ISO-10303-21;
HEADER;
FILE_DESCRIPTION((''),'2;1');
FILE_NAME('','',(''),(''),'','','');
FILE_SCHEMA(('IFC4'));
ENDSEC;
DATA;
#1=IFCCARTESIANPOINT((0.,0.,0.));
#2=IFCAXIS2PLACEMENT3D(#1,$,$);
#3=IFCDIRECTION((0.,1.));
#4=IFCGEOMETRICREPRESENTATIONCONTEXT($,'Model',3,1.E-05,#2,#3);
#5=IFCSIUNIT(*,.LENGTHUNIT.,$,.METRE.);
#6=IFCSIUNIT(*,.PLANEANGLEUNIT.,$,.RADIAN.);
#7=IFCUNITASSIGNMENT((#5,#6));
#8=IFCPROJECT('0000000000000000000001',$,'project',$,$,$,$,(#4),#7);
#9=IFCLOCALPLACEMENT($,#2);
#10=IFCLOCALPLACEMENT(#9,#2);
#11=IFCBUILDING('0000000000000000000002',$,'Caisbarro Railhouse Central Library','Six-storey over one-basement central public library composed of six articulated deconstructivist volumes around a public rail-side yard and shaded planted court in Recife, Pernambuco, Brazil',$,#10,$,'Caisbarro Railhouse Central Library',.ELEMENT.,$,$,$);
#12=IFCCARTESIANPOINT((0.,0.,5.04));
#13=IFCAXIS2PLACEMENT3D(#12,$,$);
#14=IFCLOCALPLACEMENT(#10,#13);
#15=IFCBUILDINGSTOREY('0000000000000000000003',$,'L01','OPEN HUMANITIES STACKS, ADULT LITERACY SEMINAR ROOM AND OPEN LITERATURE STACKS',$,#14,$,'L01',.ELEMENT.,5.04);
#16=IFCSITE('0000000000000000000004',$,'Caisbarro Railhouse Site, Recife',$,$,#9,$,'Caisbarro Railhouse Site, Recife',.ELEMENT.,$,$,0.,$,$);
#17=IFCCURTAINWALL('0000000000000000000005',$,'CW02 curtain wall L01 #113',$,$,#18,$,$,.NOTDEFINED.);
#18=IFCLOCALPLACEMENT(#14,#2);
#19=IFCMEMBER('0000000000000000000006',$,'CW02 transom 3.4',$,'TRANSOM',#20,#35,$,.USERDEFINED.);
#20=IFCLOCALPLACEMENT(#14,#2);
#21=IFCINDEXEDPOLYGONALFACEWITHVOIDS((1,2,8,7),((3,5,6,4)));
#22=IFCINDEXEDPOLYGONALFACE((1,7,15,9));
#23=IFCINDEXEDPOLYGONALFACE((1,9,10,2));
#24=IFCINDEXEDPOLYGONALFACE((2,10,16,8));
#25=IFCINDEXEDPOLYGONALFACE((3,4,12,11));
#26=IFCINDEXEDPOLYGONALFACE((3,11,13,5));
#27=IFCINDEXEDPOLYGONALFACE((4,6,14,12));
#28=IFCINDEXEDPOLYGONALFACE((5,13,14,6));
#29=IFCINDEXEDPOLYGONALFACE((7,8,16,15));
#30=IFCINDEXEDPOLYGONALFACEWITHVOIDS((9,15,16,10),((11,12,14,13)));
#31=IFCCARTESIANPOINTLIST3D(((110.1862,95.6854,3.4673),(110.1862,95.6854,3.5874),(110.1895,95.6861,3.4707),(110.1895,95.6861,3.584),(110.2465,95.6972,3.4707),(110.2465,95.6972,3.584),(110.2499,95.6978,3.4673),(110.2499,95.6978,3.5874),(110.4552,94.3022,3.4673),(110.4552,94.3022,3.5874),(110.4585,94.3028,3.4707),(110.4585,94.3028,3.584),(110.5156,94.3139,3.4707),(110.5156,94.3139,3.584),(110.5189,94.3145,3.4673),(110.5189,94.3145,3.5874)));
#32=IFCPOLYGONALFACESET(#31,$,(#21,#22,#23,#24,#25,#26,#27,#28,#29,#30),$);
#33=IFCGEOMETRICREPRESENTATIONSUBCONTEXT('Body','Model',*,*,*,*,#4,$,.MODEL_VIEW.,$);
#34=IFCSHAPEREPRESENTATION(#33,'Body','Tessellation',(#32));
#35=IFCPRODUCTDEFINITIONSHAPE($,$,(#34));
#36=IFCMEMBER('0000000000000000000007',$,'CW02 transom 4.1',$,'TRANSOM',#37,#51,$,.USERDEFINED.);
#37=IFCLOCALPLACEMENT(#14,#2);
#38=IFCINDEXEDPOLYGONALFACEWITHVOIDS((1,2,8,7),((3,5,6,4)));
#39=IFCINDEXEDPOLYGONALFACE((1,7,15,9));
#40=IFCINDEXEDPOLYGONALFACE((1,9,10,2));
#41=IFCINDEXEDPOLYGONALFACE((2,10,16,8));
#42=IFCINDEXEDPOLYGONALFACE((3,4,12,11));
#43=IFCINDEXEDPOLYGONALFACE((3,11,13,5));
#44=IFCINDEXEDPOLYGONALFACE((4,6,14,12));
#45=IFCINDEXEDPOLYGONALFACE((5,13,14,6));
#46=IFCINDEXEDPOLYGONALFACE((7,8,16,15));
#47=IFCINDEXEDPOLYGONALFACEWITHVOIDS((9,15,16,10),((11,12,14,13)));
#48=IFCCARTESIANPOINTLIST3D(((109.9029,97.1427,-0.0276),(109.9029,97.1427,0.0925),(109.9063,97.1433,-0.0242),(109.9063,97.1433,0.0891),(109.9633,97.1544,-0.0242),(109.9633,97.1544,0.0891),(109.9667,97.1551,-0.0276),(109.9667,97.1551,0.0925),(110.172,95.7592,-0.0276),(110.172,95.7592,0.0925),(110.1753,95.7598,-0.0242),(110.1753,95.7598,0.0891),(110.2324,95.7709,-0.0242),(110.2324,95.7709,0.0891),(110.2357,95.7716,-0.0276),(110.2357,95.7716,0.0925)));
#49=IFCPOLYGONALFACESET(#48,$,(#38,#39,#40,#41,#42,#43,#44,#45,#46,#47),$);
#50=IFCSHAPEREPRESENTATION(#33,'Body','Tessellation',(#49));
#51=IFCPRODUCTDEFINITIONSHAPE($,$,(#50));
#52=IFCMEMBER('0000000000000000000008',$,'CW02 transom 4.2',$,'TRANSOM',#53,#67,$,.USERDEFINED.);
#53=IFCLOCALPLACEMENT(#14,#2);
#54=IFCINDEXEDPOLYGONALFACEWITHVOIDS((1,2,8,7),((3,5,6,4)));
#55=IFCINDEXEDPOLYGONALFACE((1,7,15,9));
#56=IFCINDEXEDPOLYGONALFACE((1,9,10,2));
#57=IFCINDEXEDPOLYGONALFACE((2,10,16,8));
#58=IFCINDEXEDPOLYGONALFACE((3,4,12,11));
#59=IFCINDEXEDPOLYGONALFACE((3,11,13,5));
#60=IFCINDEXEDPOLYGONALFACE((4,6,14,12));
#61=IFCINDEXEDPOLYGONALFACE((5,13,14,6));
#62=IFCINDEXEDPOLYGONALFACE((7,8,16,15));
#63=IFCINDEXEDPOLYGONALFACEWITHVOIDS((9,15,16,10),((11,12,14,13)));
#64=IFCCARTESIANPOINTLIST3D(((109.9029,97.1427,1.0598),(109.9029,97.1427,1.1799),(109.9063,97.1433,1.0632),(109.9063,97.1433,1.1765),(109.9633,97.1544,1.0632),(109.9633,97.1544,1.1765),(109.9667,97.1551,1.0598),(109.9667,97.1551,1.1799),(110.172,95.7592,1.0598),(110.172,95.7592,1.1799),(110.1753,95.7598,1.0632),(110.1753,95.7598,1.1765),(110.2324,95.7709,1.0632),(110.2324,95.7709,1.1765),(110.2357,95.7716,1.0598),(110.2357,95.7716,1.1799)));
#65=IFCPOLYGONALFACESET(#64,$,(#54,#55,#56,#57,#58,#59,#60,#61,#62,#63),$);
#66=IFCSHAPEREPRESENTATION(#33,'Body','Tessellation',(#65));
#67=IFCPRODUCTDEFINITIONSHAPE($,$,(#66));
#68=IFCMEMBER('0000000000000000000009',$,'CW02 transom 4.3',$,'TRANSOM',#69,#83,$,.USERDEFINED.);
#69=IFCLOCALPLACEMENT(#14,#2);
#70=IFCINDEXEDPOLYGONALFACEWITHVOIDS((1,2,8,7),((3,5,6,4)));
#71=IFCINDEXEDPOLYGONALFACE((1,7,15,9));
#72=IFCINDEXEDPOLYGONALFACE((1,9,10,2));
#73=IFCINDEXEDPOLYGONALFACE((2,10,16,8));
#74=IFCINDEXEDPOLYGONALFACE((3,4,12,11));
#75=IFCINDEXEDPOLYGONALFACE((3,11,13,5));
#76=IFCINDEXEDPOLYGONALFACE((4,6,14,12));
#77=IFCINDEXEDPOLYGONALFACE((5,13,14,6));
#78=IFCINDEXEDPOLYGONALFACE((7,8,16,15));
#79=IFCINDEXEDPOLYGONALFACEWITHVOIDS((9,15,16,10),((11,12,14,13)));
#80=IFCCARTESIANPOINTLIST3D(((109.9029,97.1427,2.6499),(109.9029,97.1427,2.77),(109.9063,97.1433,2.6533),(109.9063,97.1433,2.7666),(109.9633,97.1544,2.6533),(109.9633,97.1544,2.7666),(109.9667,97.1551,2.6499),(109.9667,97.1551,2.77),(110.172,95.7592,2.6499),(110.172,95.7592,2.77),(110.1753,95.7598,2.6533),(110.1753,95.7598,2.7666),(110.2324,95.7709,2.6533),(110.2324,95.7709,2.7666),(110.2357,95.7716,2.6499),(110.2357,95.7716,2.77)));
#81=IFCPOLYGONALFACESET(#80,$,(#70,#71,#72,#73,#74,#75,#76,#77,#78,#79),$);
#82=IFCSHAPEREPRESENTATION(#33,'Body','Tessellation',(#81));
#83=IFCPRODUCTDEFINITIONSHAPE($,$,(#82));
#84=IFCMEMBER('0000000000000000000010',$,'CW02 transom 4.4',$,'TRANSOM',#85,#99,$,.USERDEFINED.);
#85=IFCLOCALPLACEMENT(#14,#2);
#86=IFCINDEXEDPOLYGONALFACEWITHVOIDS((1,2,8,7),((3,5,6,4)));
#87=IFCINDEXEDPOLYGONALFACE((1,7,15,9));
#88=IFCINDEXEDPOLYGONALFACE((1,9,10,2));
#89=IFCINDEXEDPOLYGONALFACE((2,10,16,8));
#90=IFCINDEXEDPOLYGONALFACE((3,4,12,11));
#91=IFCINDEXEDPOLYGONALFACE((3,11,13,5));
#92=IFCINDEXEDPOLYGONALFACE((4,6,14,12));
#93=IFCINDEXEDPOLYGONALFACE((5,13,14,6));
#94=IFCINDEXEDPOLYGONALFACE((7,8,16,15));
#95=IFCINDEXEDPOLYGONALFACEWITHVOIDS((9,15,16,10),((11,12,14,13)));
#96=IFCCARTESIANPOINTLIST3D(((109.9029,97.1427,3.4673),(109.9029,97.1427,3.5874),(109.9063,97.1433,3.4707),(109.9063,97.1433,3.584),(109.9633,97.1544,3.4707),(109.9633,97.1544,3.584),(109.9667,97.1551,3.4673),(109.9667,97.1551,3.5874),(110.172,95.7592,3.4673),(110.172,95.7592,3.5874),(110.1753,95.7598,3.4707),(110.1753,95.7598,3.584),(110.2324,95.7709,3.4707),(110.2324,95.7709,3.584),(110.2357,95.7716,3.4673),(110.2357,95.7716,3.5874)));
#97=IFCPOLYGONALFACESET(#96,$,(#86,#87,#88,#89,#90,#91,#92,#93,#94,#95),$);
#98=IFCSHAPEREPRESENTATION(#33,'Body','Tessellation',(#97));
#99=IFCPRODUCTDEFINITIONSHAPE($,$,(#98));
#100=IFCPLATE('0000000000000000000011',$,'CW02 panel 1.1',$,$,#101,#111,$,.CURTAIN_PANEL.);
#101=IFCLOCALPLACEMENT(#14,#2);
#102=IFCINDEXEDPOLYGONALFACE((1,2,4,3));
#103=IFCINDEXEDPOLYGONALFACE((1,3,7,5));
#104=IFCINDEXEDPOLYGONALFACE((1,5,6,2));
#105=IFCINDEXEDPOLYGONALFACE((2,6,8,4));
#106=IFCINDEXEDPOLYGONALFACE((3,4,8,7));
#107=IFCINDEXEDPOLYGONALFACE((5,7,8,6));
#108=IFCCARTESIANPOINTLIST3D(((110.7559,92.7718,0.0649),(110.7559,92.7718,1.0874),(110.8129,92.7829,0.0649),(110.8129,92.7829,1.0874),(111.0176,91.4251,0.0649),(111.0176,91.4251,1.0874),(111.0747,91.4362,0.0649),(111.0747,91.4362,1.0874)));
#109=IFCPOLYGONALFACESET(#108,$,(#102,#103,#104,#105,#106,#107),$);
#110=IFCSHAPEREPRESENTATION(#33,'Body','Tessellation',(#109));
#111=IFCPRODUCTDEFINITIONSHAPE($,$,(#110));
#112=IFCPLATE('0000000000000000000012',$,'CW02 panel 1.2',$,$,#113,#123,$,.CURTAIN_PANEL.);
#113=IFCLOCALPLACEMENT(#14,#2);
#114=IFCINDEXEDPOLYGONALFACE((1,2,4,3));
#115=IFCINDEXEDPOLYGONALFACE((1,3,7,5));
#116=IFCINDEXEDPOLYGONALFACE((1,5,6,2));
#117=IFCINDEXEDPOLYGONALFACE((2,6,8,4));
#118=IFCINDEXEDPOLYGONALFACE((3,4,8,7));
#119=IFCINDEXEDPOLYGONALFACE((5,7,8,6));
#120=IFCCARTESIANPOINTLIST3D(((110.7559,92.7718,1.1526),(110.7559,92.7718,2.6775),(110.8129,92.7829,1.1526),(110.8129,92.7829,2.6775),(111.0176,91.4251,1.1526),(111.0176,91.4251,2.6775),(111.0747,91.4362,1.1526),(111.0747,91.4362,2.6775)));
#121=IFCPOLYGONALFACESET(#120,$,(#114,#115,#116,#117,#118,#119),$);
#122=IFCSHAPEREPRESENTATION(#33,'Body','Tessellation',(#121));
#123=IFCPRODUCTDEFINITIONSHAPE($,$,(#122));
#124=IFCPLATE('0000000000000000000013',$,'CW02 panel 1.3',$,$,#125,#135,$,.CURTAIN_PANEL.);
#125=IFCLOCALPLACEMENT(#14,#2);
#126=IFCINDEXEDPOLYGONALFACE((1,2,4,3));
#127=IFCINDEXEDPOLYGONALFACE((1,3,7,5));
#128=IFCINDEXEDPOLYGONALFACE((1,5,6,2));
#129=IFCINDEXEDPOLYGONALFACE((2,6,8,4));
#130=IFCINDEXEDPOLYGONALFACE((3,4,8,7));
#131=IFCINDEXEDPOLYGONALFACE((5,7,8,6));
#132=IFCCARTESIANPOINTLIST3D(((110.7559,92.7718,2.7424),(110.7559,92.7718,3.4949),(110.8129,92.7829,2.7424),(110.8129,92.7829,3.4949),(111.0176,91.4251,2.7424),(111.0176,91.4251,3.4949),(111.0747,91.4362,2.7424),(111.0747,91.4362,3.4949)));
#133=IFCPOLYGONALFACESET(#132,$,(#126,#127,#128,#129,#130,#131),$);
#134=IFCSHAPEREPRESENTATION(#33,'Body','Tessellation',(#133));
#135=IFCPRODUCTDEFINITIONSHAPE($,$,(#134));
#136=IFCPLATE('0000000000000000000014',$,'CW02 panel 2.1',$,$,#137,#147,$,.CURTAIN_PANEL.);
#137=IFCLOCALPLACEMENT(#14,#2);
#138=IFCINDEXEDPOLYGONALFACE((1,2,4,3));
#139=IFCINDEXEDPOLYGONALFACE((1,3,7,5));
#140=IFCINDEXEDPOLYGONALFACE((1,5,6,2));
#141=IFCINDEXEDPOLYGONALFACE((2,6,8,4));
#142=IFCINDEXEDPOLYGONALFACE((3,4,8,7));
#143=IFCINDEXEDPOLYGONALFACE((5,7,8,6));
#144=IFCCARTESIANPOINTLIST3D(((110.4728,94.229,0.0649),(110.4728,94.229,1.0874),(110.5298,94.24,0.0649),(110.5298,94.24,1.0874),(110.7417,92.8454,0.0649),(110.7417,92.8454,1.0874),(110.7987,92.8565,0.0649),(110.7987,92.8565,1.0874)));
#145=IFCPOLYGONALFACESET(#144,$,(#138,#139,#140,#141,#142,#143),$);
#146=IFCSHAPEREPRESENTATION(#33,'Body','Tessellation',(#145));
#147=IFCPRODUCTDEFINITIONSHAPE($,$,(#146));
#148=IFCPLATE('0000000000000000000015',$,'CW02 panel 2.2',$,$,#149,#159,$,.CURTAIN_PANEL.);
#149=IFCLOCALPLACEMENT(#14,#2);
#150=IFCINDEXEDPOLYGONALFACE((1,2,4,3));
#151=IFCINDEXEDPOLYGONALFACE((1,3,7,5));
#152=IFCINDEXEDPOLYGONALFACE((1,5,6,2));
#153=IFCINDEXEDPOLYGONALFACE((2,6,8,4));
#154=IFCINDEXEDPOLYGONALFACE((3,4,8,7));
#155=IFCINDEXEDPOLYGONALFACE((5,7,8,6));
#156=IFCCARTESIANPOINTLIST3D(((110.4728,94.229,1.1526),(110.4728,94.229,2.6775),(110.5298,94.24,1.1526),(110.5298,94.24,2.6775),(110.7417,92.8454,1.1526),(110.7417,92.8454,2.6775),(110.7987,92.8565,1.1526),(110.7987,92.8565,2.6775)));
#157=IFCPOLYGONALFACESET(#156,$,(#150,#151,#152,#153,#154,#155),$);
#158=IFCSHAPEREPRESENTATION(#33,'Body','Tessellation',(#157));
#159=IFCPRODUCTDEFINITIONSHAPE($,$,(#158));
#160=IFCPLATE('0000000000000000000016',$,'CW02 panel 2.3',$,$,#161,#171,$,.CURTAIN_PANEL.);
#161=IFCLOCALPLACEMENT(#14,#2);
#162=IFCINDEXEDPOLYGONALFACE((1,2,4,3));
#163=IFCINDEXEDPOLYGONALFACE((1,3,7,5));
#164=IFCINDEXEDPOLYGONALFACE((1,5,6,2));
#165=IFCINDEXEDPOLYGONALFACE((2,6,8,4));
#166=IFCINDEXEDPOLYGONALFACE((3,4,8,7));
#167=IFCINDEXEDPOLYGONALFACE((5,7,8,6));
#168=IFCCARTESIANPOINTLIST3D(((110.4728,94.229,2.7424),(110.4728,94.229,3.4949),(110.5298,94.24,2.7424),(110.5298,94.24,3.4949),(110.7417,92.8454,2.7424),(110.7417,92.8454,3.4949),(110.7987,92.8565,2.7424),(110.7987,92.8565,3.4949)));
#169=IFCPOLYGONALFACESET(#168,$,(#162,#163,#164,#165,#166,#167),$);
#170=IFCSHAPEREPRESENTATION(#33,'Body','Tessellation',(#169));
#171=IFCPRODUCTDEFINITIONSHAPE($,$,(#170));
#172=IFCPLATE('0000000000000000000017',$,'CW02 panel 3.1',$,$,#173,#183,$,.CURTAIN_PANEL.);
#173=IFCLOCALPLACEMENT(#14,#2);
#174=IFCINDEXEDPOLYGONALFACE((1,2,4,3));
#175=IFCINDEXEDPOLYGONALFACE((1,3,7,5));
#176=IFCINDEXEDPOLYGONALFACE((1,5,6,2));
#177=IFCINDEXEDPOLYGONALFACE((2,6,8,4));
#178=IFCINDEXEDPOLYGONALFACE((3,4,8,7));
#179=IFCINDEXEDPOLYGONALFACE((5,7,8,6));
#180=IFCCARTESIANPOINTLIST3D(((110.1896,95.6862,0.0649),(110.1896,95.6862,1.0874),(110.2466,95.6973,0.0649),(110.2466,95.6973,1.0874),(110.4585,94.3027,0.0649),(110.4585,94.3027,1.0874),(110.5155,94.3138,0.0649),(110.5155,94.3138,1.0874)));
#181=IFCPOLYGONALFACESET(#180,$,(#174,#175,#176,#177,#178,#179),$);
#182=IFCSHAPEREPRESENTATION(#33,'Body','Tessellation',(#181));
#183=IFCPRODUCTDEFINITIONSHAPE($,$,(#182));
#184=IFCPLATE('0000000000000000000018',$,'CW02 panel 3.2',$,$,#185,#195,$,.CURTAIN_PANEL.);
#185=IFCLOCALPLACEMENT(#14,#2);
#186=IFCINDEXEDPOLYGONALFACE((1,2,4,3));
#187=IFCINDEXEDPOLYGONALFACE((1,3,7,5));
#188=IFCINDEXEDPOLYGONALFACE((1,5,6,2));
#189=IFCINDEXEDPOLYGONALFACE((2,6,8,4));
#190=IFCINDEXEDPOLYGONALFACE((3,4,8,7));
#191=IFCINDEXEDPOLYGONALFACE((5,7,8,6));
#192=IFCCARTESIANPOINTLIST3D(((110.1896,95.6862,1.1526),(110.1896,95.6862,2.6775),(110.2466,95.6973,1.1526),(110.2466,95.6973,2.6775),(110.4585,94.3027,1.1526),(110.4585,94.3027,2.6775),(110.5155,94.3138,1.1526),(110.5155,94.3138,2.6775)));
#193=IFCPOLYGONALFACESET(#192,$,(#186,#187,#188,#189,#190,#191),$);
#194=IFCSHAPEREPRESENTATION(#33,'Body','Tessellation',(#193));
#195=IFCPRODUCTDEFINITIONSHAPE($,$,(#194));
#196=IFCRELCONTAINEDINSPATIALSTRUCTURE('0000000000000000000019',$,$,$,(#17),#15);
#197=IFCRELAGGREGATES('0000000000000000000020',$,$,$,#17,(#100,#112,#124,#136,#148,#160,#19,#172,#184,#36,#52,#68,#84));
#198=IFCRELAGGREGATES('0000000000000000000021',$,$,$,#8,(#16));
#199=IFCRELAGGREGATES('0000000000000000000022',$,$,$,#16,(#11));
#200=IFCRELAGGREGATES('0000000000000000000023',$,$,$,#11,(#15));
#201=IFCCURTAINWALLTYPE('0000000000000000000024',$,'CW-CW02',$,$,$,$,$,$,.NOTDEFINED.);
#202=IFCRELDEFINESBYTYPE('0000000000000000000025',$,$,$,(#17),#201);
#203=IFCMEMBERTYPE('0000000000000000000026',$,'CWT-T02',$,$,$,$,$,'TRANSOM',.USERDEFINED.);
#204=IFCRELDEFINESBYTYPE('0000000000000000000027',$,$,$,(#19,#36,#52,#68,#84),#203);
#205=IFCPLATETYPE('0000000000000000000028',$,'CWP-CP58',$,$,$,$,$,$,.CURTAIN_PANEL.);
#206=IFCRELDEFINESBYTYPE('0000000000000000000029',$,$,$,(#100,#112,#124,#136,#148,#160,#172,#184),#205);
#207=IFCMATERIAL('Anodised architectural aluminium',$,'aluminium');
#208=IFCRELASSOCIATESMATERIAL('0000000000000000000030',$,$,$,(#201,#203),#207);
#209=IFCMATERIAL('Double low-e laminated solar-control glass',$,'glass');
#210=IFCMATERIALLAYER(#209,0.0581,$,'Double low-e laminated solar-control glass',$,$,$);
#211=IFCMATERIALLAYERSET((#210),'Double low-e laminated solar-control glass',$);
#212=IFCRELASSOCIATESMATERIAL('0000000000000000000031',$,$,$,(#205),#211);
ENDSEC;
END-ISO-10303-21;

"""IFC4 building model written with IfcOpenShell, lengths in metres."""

from ifc_helpers import new_model, si_unit, direction, frame, origin, origin_2d, place, context, subcontext, project, spatial, rectangle, hollow_rectangle, extrude, material, layer, layer_set, material_profile, profile_set, type_object, element, aggregate, save


model = new_model("IFC4")

# Units and contexts
model_context = context("Model", 3, precision=1e-05, world=origin(), true_north=direction((0.0, 1.0)))
body_context = subcontext(model_context, "Body", "Model", "MODEL_VIEW")
ifc_project = project(units=[si_unit("LENGTHUNIT", "METRE"), si_unit("PLANEANGLEUNIT", "RADIAN")], contexts=[model_context])

# Site, building, storey
site_placement = place(None, origin())
site = spatial("IfcSite", under=ifc_project, at=site_placement, Name="Caisbarro Railhouse Site, Recife", LongName="Caisbarro Railhouse Site, Recife", CompositionType="ELEMENT", RefElevation=0.0)
building_placement = place(site_placement, origin())
building = spatial("IfcBuilding", under=site, at=building_placement, Name="Caisbarro Railhouse Central Library", Description="Six-storey over one-basement central public library composed of six articulated deconstructivist volumes around a public rail-side yard and shaded planted court in Recife, Pernambuco, Brazil", LongName="Caisbarro Railhouse Central Library", CompositionType="ELEMENT")
storey_placement = place(building_placement, frame((0.0, 0.0, 5.04)))
storey = spatial("IfcBuildingStorey", under=building, at=storey_placement, Name="L01", Description="OPEN HUMANITIES STACKS, ADULT LITERACY SEMINAR ROOM AND OPEN LITERATURE STACKS", LongName="L01", CompositionType="ELEMENT", Elevation=5.04)

# Curtain wall, members, plates
ifc_material_1 = material(Name="Anodised architectural aluminium", Category="aluminium")
curtain_wall_type = type_object("IfcCurtainWallType", Name="CW-CW02", PredefinedType="NOTDEFINED", material=ifc_material_1)
curtain_wall_placement = place(storey_placement, origin())
curtain_wall = element("IfcCurtainWall", 1, at=curtain_wall_placement, inside=storey, type_object=curtain_wall_type, Name="CW02 curtain wall L01 #113", PredefinedType="NOTDEFINED")
ifc_material_profile_1 = material_profile(ifc_material_1, hollow_rectangle(XDim=0.0649, YDim=0.1201, WallThickness=0.0034, at=origin_2d()), Name="ALU-TRN-65X120")
ifc_profile_set_1 = profile_set([ifc_material_profile_1], Name="Anodised architectural aluminium")
member_type_1 = type_object("IfcMemberType", Name="CWT-T02", ElementType="TRANSOM", PredefinedType="USERDEFINED", material=ifc_profile_set_1)
member_1_placement = place(storey_placement, frame((110.4871, 94.3083, 3.5273), z_axis=(-0.190916, 0.981606, 0.0), x_axis=(-0.981606, -0.190916, 0.0)))
member_1 = element("IfcMember", 2, at=member_1_placement, type_object=member_type_1, Name="CW02 transom 3.4", ObjectType="TRANSOM", PredefinedType="USERDEFINED", context=body_context, shape_type="SweptSolid", body=[
    extrude(hollow_rectangle(XDim=0.0649, YDim=0.1201, WallThickness=0.0034, at=origin_2d()), origin(), (0.0, 0.0, 1.0), 1.4092),
])
member_2_placement = place(storey_placement, frame((110.2039, 95.7654, 0.0325), z_axis=(-0.190884, 0.981613, 0.0), x_axis=(-0.981613, -0.190884, 0.0)))
member_2 = element("IfcMember", 3, at=member_2_placement, type_object=member_type_1, Name="CW02 transom 4.1", ObjectType="TRANSOM", PredefinedType="USERDEFINED", context=body_context, shape_type="SweptSolid", body=[
    extrude(hollow_rectangle(XDim=0.0649, YDim=0.1201, WallThickness=0.0034, at=origin_2d()), origin(), (0.0, 0.0, 1.0), 1.4094),
])
member_3_placement = place(storey_placement, frame((110.2039, 95.7654, 1.1199), z_axis=(-0.190884, 0.981613, 0.0), x_axis=(-0.981613, -0.190884, 0.0)))
member_3 = element("IfcMember", 4, at=member_3_placement, type_object=member_type_1, Name="CW02 transom 4.2", ObjectType="TRANSOM", PredefinedType="USERDEFINED", context=body_context, shape_type="SweptSolid", body=[
    extrude(hollow_rectangle(XDim=0.0649, YDim=0.1201, WallThickness=0.0034, at=origin_2d()), origin(), (0.0, 0.0, 1.0), 1.4094),
])
member_4_placement = place(storey_placement, frame((110.2039, 95.7654, 2.71), z_axis=(-0.190884, 0.981613, 0.0), x_axis=(-0.981613, -0.190884, 0.0)))
member_4 = element("IfcMember", 5, at=member_4_placement, type_object=member_type_1, Name="CW02 transom 4.3", ObjectType="TRANSOM", PredefinedType="USERDEFINED", context=body_context, shape_type="SweptSolid", body=[
    extrude(hollow_rectangle(XDim=0.0649, YDim=0.1201, WallThickness=0.0034, at=origin_2d()), origin(), (0.0, 0.0, 1.0), 1.4094),
])
member_5_placement = place(storey_placement, frame((110.2039, 95.7654, 3.5273), z_axis=(-0.190884, 0.981613, 0.0), x_axis=(-0.981613, -0.190884, 0.0)))
member_5 = element("IfcMember", 6, at=member_5_placement, type_object=member_type_1, Name="CW02 transom 4.4", ObjectType="TRANSOM", PredefinedType="USERDEFINED", context=body_context, shape_type="SweptSolid", body=[
    extrude(hollow_rectangle(XDim=0.0649, YDim=0.1201, WallThickness=0.0034, at=origin_2d()), origin(), (0.0, 0.0, 1.0), 1.4094),
])
ifc_material_2 = material(Name="Double low-e laminated solar-control glass", Category="glass")
ifc_layer = layer(ifc_material_2, 0.0581, Name="Double low-e laminated solar-control glass")
ifc_layer_set = layer_set([ifc_layer], Name="Double low-e laminated solar-control glass")
plate_type = type_object("IfcPlateType", Name="CWP-CP58", PredefinedType="CURTAIN_PANEL", material=ifc_layer_set)
plate_1_placement = place(storey_placement, frame((110.9153, 92.104, 0.0649), z_axis=(0.0, 0.0, 1.0), x_axis=(-0.190781, 0.981633, 0.0)))
plate_1 = element("IfcPlate", 7, at=plate_1_placement, type_object=plate_type, Name="CW02 panel 1.1", PredefinedType="CURTAIN_PANEL", context=body_context, shape_type="SweptSolid", body=[
    extrude(rectangle(XDim=1.3718, YDim=0.0581, at=origin_2d()), origin(), (0.0, 0.0, 1.0), 1.0225),
])
plate_2_placement = place(storey_placement, frame((110.9153, 92.104, 1.1526), z_axis=(0.0, 0.0, 1.0), x_axis=(-0.190781, 0.981633, 0.0)))
plate_2 = element("IfcPlate", 8, at=plate_2_placement, type_object=plate_type, Name="CW02 panel 1.2", PredefinedType="CURTAIN_PANEL", context=body_context, shape_type="SweptSolid", body=[
    extrude(rectangle(XDim=1.3718, YDim=0.0581, at=origin_2d()), origin(), (0.0, 0.0, 1.0), 1.5249),
])
plate_3_placement = place(storey_placement, frame((110.9153, 92.104, 2.7424), z_axis=(0.0, 0.0, 1.0), x_axis=(-0.190781, 0.981633, 0.0)))
plate_3 = element("IfcPlate", 9, at=plate_3_placement, type_object=plate_type, Name="CW02 panel 1.3", PredefinedType="CURTAIN_PANEL", context=body_context, shape_type="SweptSolid", body=[
    extrude(rectangle(XDim=1.3718, YDim=0.0581, at=origin_2d()), origin(), (0.0, 0.0, 1.0), 0.7524),
])
plate_4_placement = place(storey_placement, frame((110.6357, 93.5427, 0.0649), z_axis=(0.0, 0.0, 1.0), x_axis=(-0.190781, 0.981633, 0.0)))
plate_4 = element("IfcPlate", 10, at=plate_4_placement, type_object=plate_type, Name="CW02 panel 2.1", PredefinedType="CURTAIN_PANEL", context=body_context, shape_type="SweptSolid", body=[
    extrude(rectangle(XDim=1.4094, YDim=0.0581, at=origin_2d()), origin(), (0.0, 0.0, 1.0), 1.0225),
])
plate_5_placement = place(storey_placement, frame((110.6357, 93.5427, 1.1526), z_axis=(0.0, 0.0, 1.0), x_axis=(-0.190781, 0.981633, 0.0)))
plate_5 = element("IfcPlate", 11, at=plate_5_placement, type_object=plate_type, Name="CW02 panel 2.2", PredefinedType="CURTAIN_PANEL", context=body_context, shape_type="SweptSolid", body=[
    extrude(rectangle(XDim=1.4094, YDim=0.0581, at=origin_2d()), origin(), (0.0, 0.0, 1.0), 1.5249),
])
plate_6_placement = place(storey_placement, frame((110.6357, 93.5427, 2.7424), z_axis=(0.0, 0.0, 1.0), x_axis=(-0.190781, 0.981633, 0.0)))
plate_6 = element("IfcPlate", 12, at=plate_6_placement, type_object=plate_type, Name="CW02 panel 2.3", PredefinedType="CURTAIN_PANEL", context=body_context, shape_type="SweptSolid", body=[
    extrude(rectangle(XDim=1.4094, YDim=0.0581, at=origin_2d()), origin(), (0.0, 0.0, 1.0), 0.7524),
])
plate_7_placement = place(storey_placement, frame((110.3525, 95.0, 0.0649), z_axis=(0.0, 0.0, 1.0), x_axis=(-0.190781, 0.981633, 0.0)))
plate_7 = element("IfcPlate", 13, at=plate_7_placement, type_object=plate_type, Name="CW02 panel 3.1", PredefinedType="CURTAIN_PANEL", context=body_context, shape_type="SweptSolid", body=[
    extrude(rectangle(XDim=1.4094, YDim=0.0581, at=origin_2d()), origin(), (0.0, 0.0, 1.0), 1.0225),
])
plate_8_placement = place(storey_placement, frame((110.3525, 95.0, 1.1526), z_axis=(0.0, 0.0, 1.0), x_axis=(-0.190781, 0.981633, 0.0)))
plate_8 = element("IfcPlate", 14, at=plate_8_placement, type_object=plate_type, Name="CW02 panel 3.2", PredefinedType="CURTAIN_PANEL", context=body_context, shape_type="SweptSolid", body=[
    extrude(rectangle(XDim=1.4094, YDim=0.0581, at=origin_2d()), origin(), (0.0, 0.0, 1.0), 1.5249),
])
aggregate(curtain_wall, [plate_1, plate_2, plate_3, plate_4, plate_5, plate_6, member_1, plate_7, plate_8, member_2, member_3, member_4, member_5])

save(model, "model.ifc")
